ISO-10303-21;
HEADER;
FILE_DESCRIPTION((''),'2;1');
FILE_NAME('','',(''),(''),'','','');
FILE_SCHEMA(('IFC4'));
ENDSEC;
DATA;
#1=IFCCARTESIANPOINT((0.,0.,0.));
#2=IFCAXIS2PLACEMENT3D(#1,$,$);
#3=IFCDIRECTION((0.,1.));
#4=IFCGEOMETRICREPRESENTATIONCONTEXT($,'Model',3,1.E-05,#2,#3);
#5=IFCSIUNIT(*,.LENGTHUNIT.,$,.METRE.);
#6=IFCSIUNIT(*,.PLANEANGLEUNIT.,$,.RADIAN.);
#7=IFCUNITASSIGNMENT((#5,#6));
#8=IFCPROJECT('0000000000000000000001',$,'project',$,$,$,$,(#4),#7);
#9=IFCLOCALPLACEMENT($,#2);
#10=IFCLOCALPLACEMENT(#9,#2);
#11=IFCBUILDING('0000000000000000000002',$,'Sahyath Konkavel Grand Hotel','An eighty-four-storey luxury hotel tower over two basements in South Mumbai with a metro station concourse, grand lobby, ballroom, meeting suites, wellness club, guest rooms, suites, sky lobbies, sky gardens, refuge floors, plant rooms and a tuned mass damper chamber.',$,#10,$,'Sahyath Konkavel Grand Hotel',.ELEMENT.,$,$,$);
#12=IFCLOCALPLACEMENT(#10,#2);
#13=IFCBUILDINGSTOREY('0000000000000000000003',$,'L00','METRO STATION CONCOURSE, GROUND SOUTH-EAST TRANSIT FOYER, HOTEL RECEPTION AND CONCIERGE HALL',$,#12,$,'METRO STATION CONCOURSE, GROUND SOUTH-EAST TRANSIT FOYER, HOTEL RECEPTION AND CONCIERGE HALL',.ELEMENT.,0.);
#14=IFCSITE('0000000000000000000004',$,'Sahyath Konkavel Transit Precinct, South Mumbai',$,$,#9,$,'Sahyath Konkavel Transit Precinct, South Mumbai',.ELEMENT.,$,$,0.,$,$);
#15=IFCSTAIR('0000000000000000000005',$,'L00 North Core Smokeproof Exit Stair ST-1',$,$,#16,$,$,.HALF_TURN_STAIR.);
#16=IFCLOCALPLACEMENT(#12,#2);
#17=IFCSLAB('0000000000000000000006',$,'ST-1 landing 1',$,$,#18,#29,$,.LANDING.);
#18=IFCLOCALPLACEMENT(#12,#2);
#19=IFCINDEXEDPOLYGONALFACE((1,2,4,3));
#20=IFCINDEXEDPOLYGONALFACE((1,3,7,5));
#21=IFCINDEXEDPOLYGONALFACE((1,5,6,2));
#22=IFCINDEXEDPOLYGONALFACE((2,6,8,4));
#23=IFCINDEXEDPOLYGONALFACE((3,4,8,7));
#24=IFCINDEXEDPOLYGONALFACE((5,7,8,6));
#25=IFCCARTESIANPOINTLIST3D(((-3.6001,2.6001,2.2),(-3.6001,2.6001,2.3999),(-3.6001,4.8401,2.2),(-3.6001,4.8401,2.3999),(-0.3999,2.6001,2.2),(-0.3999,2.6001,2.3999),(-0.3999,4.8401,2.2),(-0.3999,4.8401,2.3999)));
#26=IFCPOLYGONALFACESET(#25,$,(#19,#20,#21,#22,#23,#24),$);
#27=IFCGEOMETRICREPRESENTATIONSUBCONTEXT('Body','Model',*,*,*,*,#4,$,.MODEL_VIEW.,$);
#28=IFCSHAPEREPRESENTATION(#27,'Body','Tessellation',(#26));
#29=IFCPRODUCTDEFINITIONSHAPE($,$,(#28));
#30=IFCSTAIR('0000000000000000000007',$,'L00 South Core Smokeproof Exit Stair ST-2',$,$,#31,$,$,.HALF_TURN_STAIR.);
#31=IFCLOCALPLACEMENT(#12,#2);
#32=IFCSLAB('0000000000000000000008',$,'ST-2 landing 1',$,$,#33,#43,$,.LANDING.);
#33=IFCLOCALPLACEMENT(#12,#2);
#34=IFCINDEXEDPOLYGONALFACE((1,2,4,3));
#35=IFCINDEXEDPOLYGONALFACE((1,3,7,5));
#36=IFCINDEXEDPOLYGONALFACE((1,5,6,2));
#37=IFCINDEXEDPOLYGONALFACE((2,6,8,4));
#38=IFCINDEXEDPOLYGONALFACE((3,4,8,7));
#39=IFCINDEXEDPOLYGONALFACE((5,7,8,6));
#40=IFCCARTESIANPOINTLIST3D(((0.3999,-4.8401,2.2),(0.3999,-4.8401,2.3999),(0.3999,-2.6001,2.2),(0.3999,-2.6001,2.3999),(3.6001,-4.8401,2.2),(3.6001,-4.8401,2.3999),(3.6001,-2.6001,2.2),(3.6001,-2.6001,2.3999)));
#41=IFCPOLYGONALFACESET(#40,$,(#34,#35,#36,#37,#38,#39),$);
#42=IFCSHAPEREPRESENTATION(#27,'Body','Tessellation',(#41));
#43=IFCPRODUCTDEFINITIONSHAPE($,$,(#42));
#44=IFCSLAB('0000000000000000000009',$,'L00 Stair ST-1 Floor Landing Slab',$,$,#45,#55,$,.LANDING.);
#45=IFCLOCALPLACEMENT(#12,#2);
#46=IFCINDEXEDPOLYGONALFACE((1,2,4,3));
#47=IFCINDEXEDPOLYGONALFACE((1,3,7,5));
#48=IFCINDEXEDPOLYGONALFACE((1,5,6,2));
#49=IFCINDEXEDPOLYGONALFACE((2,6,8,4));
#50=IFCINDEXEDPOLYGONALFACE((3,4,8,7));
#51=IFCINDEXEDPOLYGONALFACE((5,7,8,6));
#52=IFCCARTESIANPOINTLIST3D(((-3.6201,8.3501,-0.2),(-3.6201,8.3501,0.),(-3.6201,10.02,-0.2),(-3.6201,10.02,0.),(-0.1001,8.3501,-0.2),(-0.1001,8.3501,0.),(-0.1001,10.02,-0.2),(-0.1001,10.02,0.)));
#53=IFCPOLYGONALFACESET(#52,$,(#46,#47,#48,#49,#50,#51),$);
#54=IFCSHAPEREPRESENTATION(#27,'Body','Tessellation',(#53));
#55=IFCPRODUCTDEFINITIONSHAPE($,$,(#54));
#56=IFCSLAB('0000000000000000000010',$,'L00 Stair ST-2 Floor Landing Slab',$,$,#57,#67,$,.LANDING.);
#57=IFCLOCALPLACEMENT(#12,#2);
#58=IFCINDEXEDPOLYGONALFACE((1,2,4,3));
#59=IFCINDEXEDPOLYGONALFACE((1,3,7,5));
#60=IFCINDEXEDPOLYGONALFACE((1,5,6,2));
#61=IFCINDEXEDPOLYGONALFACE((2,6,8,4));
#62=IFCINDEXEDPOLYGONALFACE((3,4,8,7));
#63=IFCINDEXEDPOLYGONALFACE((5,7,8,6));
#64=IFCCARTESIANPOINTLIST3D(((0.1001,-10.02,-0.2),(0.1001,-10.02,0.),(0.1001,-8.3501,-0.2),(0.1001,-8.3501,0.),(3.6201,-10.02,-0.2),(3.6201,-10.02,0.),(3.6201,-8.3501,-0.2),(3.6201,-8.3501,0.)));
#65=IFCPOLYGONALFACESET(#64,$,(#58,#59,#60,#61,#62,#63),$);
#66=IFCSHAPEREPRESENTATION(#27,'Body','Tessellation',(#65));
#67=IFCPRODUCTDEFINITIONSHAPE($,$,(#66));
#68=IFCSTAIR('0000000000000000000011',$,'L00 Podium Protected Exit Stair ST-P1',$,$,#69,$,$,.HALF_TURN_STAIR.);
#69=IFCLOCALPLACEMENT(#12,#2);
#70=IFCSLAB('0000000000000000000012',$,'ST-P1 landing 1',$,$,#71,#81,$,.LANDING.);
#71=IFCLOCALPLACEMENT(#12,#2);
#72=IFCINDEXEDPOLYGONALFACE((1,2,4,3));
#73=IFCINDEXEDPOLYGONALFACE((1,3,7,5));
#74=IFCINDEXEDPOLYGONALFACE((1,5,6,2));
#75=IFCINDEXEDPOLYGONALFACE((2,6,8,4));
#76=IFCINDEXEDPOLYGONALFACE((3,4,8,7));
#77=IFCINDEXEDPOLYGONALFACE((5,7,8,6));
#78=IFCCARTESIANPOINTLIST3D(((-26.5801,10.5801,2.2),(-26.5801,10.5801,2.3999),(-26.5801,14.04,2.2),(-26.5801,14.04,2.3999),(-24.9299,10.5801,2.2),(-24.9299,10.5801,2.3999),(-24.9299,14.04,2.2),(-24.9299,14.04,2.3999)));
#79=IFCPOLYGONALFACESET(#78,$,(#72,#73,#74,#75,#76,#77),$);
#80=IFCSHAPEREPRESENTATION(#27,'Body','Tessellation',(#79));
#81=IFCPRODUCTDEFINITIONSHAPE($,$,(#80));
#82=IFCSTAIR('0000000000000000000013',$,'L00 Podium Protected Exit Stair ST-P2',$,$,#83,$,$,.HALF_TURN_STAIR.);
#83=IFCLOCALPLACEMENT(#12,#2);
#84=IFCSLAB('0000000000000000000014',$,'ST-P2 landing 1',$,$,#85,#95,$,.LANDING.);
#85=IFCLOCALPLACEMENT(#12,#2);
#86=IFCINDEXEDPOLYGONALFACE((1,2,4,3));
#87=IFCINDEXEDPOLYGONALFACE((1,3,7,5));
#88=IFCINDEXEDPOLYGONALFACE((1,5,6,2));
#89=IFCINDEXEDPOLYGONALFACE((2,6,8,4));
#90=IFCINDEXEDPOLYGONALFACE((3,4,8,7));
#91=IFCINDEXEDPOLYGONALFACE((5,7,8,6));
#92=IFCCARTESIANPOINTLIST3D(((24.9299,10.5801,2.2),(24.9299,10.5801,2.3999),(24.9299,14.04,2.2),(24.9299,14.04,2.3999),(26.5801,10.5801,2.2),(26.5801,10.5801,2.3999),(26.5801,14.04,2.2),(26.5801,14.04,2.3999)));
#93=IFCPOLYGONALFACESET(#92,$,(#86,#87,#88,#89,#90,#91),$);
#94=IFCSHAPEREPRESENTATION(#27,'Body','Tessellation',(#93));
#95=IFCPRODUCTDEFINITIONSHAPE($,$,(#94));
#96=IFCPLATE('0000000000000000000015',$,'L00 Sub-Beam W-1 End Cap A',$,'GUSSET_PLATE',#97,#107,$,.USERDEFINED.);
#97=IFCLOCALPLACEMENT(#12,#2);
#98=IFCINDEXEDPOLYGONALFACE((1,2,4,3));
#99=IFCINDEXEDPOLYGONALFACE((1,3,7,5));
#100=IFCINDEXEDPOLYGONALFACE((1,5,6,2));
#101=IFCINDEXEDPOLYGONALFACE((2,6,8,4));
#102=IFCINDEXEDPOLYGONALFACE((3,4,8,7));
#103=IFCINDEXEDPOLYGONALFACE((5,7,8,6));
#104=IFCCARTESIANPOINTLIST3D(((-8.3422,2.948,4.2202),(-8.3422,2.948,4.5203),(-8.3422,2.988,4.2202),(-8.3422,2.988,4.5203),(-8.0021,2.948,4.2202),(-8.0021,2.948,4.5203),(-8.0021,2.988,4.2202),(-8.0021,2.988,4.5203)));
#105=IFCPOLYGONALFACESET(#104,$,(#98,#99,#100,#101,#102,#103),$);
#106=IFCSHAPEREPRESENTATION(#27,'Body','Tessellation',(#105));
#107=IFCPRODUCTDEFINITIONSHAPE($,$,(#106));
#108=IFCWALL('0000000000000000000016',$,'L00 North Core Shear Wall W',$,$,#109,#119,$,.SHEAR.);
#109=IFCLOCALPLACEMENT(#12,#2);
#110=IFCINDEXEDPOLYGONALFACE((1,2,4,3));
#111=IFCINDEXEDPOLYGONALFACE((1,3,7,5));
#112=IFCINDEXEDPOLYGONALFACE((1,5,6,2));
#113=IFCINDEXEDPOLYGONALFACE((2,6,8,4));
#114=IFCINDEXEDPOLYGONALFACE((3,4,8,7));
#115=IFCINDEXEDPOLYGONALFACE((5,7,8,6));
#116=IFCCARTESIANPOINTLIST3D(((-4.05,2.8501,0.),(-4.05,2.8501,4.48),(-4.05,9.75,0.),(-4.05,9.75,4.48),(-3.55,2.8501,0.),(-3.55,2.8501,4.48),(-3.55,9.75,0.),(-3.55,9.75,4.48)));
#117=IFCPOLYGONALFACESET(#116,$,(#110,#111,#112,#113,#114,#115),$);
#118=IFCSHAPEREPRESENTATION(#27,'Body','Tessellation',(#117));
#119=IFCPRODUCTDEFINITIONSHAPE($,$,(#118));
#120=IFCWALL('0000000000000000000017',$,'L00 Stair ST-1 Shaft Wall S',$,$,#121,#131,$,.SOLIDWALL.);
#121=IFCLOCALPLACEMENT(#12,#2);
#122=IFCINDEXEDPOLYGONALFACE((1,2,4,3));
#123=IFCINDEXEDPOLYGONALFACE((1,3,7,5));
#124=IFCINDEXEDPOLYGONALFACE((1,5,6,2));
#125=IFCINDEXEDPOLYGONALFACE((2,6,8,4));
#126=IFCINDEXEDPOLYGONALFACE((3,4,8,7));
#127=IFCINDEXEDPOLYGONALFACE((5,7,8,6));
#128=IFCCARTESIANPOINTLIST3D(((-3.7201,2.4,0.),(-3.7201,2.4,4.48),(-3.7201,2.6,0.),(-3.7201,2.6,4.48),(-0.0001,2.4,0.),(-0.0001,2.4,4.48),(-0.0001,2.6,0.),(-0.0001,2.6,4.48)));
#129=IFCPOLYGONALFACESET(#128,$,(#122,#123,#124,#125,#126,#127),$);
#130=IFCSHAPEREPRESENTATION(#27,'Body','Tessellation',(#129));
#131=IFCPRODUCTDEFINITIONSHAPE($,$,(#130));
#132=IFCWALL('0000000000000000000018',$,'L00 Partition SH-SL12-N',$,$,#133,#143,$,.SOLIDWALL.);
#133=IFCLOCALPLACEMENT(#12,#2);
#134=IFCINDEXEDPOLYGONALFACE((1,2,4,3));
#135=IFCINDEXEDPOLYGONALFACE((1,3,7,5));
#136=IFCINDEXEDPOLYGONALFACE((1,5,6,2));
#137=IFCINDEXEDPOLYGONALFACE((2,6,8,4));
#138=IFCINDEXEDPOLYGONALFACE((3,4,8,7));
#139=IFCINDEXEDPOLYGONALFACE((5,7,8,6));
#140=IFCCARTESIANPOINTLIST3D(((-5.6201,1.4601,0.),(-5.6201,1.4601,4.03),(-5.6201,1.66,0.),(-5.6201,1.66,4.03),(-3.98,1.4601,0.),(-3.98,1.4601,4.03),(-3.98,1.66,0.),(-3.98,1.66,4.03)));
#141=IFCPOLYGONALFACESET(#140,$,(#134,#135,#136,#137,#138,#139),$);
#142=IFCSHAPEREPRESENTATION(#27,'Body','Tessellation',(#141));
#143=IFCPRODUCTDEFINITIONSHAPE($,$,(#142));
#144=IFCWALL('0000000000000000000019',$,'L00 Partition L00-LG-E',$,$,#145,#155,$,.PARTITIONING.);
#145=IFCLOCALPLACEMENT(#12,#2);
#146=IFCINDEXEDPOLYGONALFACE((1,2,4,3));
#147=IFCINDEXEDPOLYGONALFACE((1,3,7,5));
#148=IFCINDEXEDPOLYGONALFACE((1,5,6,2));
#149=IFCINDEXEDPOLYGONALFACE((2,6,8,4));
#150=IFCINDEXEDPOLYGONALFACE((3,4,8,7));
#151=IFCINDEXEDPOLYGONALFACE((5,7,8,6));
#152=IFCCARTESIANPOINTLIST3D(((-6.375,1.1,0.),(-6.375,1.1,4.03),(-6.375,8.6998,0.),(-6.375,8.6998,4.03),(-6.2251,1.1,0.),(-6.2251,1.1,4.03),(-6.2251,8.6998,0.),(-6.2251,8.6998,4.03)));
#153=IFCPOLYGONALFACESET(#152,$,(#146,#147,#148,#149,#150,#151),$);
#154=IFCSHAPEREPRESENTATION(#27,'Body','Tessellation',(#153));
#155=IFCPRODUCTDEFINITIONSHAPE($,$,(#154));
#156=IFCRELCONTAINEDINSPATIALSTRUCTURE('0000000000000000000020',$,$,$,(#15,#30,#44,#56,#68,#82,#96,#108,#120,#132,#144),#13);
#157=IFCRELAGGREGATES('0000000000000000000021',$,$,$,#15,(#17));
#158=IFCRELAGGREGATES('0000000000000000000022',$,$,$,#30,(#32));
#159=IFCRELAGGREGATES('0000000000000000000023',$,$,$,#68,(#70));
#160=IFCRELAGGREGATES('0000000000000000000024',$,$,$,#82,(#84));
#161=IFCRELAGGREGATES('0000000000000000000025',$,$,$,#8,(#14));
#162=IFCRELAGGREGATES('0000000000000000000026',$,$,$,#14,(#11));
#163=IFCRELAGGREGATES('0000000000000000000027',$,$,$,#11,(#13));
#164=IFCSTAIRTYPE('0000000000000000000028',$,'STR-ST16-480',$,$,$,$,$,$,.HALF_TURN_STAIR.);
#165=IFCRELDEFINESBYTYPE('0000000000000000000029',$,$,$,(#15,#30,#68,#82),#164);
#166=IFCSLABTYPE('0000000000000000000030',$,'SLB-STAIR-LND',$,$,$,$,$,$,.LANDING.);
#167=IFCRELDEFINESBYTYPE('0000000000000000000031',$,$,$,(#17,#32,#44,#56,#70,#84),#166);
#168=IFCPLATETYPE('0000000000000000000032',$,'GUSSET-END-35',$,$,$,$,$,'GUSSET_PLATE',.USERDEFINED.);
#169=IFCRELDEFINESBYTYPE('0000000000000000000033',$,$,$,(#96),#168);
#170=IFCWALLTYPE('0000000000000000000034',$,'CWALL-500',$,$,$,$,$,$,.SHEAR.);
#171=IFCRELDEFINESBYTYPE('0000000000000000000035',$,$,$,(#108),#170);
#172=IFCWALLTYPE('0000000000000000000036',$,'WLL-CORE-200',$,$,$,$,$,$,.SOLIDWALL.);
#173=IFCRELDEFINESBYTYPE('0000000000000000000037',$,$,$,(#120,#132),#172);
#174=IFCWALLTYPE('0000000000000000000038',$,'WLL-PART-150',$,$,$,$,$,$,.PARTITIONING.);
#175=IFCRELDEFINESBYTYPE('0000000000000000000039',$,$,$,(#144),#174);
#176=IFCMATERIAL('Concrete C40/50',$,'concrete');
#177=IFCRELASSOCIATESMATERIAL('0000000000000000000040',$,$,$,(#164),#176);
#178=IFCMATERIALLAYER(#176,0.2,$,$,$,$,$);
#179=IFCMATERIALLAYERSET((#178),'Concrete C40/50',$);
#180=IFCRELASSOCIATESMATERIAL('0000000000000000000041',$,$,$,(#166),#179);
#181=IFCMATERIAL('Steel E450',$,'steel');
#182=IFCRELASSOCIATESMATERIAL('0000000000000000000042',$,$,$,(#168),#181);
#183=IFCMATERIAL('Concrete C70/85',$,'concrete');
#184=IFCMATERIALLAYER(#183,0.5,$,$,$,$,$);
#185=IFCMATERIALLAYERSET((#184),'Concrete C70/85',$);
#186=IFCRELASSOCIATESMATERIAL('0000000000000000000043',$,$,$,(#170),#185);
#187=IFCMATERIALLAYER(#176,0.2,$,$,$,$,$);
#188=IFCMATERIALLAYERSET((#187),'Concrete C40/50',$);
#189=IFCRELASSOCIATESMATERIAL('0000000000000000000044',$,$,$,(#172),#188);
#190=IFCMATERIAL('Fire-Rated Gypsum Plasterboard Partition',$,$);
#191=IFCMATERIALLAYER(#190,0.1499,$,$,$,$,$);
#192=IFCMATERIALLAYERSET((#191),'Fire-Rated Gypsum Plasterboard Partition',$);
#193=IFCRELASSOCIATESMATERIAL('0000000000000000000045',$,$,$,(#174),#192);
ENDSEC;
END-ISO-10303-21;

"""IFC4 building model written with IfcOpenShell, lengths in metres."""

from ifc_helpers import new_model, si_unit, direction, frame, frame_2d, origin, origin_2d, place, context, subcontext, project, spatial, polyline, rectangle, outline, extrude, source, transform, mapped, material, layer, layer_set, type_object, element, aggregate, save


model = new_model("IFC4")

# Units and contexts
model_context = context("Model", 3, precision=1e-05, world=origin(), true_north=direction((0.0, 1.0)))
body_context = subcontext(model_context, "Body", "Model", "MODEL_VIEW")
ifc_project = project(units=[si_unit("LENGTHUNIT", "METRE"), si_unit("PLANEANGLEUNIT", "RADIAN")], contexts=[model_context])

# Site, building, storey
site_placement = place(None, origin())
site = spatial("IfcSite", under=ifc_project, at=site_placement, Name="Sahyath Konkavel Transit Precinct, South Mumbai", LongName="Sahyath Konkavel Transit Precinct, South Mumbai", CompositionType="ELEMENT", RefElevation=0.0)
building_placement = place(site_placement, origin())
building = spatial("IfcBuilding", under=site, at=building_placement, Name="Sahyath Konkavel Grand Hotel", Description="An eighty-four-storey luxury hotel tower over two basements in South Mumbai with a metro station concourse, grand lobby, ballroom, meeting suites, wellness club, guest rooms, suites, sky lobbies, sky gardens, refuge floors, plant rooms and a tuned mass damper chamber.", LongName="Sahyath Konkavel Grand Hotel", CompositionType="ELEMENT")
storey_placement = place(building_placement, origin())
storey = spatial("IfcBuildingStorey", under=building, at=storey_placement, Name="L00", Description="METRO STATION CONCOURSE, GROUND SOUTH-EAST TRANSIT FOYER, HOTEL RECEPTION AND CONCIERGE HALL", LongName="METRO STATION CONCOURSE, GROUND SOUTH-EAST TRANSIT FOYER, HOTEL RECEPTION AND CONCIERGE HALL", CompositionType="ELEMENT", Elevation=0.0)

# Shared definitions
ifc_material_1 = material(Name="Concrete C70/85", Category="concrete")

# Shared definitions
ifc_material_2 = material(Name="Concrete C40/50", Category="concrete")

# Stairs, slabs
stair_type = type_object("IfcStairType", Name="STR-ST16-480", PredefinedType="HALF_TURN_STAIR", material=ifc_material_2)
stair_1_placement = place(storey_placement, origin())
stair_1 = element("IfcStair", 1, at=stair_1_placement, inside=storey, type_object=stair_type, Name="L00 North Core Smokeproof Exit Stair ST-1", PredefinedType="HALF_TURN_STAIR")
ifc_layer_1 = layer(ifc_material_2, 0.2)
ifc_layer_set_1 = layer_set([ifc_layer_1], Name="Concrete C40/50")
slab_type_1 = type_object("IfcSlabType", Name="SLB-STAIR-LND", PredefinedType="LANDING", material=ifc_layer_set_1)
slab_1_placement = place(storey_placement, frame((0.0, 0.0, 2.2)))
slab_1 = element("IfcSlab", 2, at=slab_1_placement, type_object=slab_type_1, Name="ST-1 landing 1", PredefinedType="LANDING", context=body_context, shape_type="SweptSolid", body=[
    extrude(outline(polyline([(-3.6001, 4.8401), (-3.6001, 2.6001), (-0.3999, 2.6001), (-0.3999, 4.8401), (-3.6001, 4.8401)])), origin(), (0.0, 0.0, 1.0), 0.2),
])
aggregate(stair_1, [slab_1])
stair_2_placement = place(storey_placement, origin())
stair_2 = element("IfcStair", 3, at=stair_2_placement, inside=storey, type_object=stair_type, Name="L00 South Core Smokeproof Exit Stair ST-2", PredefinedType="HALF_TURN_STAIR")
slab_2_placement = place(storey_placement, frame((0.0, 0.0, 2.2)))
slab_2 = element("IfcSlab", 4, at=slab_2_placement, type_object=slab_type_1, Name="ST-2 landing 1", PredefinedType="LANDING", context=body_context, shape_type="SweptSolid", body=[
    extrude(outline(polyline([(3.6001, -4.8401), (3.6001, -2.6001), (0.3999, -2.6001), (0.3999, -4.8401), (3.6001, -4.8401)])), origin(), (0.0, 0.0, 1.0), 0.2),
])
aggregate(stair_2, [slab_2])

# Slabs
slab_3_placement = place(storey_placement, frame((0.0, 0.0, -0.2)))
element("IfcSlab", 5, at=slab_3_placement, inside=storey, type_object=slab_type_1, Name="L00 Stair ST-1 Floor Landing Slab", PredefinedType="LANDING", context=body_context, shape_type="SweptSolid", body=[
    extrude(outline(polyline([(-3.6201, 8.3501), (-0.1001, 8.3501), (-0.1001, 10.02), (-3.6201, 10.02), (-3.6201, 8.3501)])), origin(), (0.0, 0.0, 1.0), 0.2),
])
slab_4_placement = place(storey_placement, frame((0.0, 0.0, -0.2)))
element("IfcSlab", 6, at=slab_4_placement, inside=storey, type_object=slab_type_1, Name="L00 Stair ST-2 Floor Landing Slab", PredefinedType="LANDING", context=body_context, shape_type="SweptSolid", body=[
    extrude(outline(polyline([(0.1001, -10.02), (3.6201, -10.02), (3.6201, -8.3501), (0.1001, -8.3501), (0.1001, -10.02)])), origin(), (0.0, 0.0, 1.0), 0.2),
])

# Stairs, slabs
stair_3_placement = place(storey_placement, origin())
stair_3 = element("IfcStair", 7, at=stair_3_placement, inside=storey, type_object=stair_type, Name="L00 Podium Protected Exit Stair ST-P1", PredefinedType="HALF_TURN_STAIR")
slab_5_placement = place(storey_placement, frame((0.0, 0.0, 2.2)))
slab_5 = element("IfcSlab", 8, at=slab_5_placement, type_object=slab_type_1, Name="ST-P1 landing 1", PredefinedType="LANDING", context=body_context, shape_type="SweptSolid", body=[
    extrude(outline(polyline([(-24.9299, 14.04), (-26.5801, 14.04), (-26.5801, 10.5801), (-24.9299, 10.5801), (-24.9299, 14.04)])), origin(), (0.0, 0.0, 1.0), 0.2),
])
aggregate(stair_3, [slab_5])
stair_4_placement = place(storey_placement, origin())
stair_4 = element("IfcStair", 9, at=stair_4_placement, inside=storey, type_object=stair_type, Name="L00 Podium Protected Exit Stair ST-P2", PredefinedType="HALF_TURN_STAIR")
slab_6_placement = place(storey_placement, frame((0.0, 0.0, 2.2)))
slab_6 = element("IfcSlab", 10, at=slab_6_placement, type_object=slab_type_1, Name="ST-P2 landing 1", PredefinedType="LANDING", context=body_context, shape_type="SweptSolid", body=[
    extrude(outline(polyline([(24.9299, 10.5801), (26.5801, 10.5801), (26.5801, 14.04), (24.9299, 14.04), (24.9299, 10.5801)])), origin(), (0.0, 0.0, 1.0), 0.2),
])
aggregate(stair_4, [slab_6])

# Plate
ifc_material_3 = material(Name="Steel E450", Category="steel")
plate_type = type_object("IfcPlateType", Name="GUSSET-END-35", ElementType="GUSSET_PLATE", PredefinedType="USERDEFINED", material=ifc_material_3)
shared_shape_1 = source(origin(), body_context, "Body", "SweptSolid", [
    extrude(rectangle(XDim=0.04, YDim=0.3401, at=origin_2d()), origin(), (0.0, 0.0, 1.0), 0.3),
])
plate_placement = place(storey_placement, frame((-8.1721, 2.968, 4.2202), z_axis=(0.0, 0.0, 1.0), x_axis=(0.0, -1.0, 0.0)))
element("IfcPlate", 11, at=plate_placement, inside=storey, type_object=plate_type, Name="L00 Sub-Beam W-1 End Cap A", ObjectType="GUSSET_PLATE", PredefinedType="USERDEFINED", context=body_context, shape_type="MappedRepresentation", body=[
    mapped(shared_shape_1, transform((0.0, 0.0, 0.0), scale=1.0)),
])

# Walls
ifc_layer_2 = layer(ifc_material_1, 0.5)
ifc_layer_set_2 = layer_set([ifc_layer_2], Name="Concrete C70/85")
wall_type_1 = type_object("IfcWallType", Name="CWALL-500", PredefinedType="SHEAR", material=ifc_layer_set_2)
wall_1_placement = place(storey_placement, frame((-3.8, 2.8501, 0.0), z_axis=(0.0, 0.0, 1.0), x_axis=(0.0, 1.0, 0.0)))
element("IfcWall", 12, at=wall_1_placement, inside=storey, type_object=wall_type_1, Name="L00 North Core Shear Wall W", PredefinedType="SHEAR", context=body_context, shape_type="SweptSolid", body=[
    extrude(rectangle(XDim=6.8999, YDim=0.5, at=frame_2d((3.45, 0.0))), origin(), (0.0, 0.0, 1.0), 4.48),
])
ifc_layer_3 = layer(ifc_material_2, 0.2)
ifc_layer_set_3 = layer_set([ifc_layer_3], Name="Concrete C40/50")
wall_type_2 = type_object("IfcWallType", Name="WLL-CORE-200", PredefinedType="SOLIDWALL", material=ifc_layer_set_3)
wall_2_placement = place(storey_placement, frame((-3.72, 2.5, 0.0), z_axis=(0.0, 0.0, 1.0), x_axis=(1.0, 0.0, 0.0)))
element("IfcWall", 13, at=wall_2_placement, inside=storey, type_object=wall_type_2, Name="L00 Stair ST-1 Shaft Wall S", PredefinedType="SOLIDWALL", context=body_context, shape_type="SweptSolid", body=[
    extrude(rectangle(XDim=3.72, YDim=0.2, at=frame_2d((1.8599, 0.0))), origin(), (0.0, 0.0, 1.0), 4.48),
])
wall_3_placement = place(storey_placement, frame((-5.6201, 1.5601, 0.0), z_axis=(0.0, 0.0, 1.0), x_axis=(1.0, 0.0, 0.0)))
element("IfcWall", 14, at=wall_3_placement, inside=storey, type_object=wall_type_2, Name="L00 Partition SH-SL12-N", PredefinedType="SOLIDWALL", context=body_context, shape_type="SweptSolid", body=[
    extrude(rectangle(XDim=1.6401, YDim=0.2, at=frame_2d((0.8201, 0.0))), origin(), (0.0, 0.0, 1.0), 4.03),
])
ifc_material_4 = material(Name="Fire-Rated Gypsum Plasterboard Partition")
ifc_layer_4 = layer(ifc_material_4, 0.1499)
ifc_layer_set_4 = layer_set([ifc_layer_4], Name="Fire-Rated Gypsum Plasterboard Partition")
wall_type_3 = type_object("IfcWallType", Name="WLL-PART-150", PredefinedType="PARTITIONING", material=ifc_layer_set_4)
wall_4_placement = place(storey_placement, frame((-6.3, 1.1001, 0.0), z_axis=(0.0, 0.0, 1.0), x_axis=(0.0, 1.0, 0.0)))
element("IfcWall", 15, at=wall_4_placement, inside=storey, type_object=wall_type_3, Name="L00 Partition L00-LG-E", PredefinedType="PARTITIONING", context=body_context, shape_type="SweptSolid", body=[
    extrude(rectangle(XDim=7.5999, YDim=0.1499, at=frame_2d((3.7998, 0.0))), origin(), (0.0, 0.0, 1.0), 4.03),
])

save(model, "model.ifc")
